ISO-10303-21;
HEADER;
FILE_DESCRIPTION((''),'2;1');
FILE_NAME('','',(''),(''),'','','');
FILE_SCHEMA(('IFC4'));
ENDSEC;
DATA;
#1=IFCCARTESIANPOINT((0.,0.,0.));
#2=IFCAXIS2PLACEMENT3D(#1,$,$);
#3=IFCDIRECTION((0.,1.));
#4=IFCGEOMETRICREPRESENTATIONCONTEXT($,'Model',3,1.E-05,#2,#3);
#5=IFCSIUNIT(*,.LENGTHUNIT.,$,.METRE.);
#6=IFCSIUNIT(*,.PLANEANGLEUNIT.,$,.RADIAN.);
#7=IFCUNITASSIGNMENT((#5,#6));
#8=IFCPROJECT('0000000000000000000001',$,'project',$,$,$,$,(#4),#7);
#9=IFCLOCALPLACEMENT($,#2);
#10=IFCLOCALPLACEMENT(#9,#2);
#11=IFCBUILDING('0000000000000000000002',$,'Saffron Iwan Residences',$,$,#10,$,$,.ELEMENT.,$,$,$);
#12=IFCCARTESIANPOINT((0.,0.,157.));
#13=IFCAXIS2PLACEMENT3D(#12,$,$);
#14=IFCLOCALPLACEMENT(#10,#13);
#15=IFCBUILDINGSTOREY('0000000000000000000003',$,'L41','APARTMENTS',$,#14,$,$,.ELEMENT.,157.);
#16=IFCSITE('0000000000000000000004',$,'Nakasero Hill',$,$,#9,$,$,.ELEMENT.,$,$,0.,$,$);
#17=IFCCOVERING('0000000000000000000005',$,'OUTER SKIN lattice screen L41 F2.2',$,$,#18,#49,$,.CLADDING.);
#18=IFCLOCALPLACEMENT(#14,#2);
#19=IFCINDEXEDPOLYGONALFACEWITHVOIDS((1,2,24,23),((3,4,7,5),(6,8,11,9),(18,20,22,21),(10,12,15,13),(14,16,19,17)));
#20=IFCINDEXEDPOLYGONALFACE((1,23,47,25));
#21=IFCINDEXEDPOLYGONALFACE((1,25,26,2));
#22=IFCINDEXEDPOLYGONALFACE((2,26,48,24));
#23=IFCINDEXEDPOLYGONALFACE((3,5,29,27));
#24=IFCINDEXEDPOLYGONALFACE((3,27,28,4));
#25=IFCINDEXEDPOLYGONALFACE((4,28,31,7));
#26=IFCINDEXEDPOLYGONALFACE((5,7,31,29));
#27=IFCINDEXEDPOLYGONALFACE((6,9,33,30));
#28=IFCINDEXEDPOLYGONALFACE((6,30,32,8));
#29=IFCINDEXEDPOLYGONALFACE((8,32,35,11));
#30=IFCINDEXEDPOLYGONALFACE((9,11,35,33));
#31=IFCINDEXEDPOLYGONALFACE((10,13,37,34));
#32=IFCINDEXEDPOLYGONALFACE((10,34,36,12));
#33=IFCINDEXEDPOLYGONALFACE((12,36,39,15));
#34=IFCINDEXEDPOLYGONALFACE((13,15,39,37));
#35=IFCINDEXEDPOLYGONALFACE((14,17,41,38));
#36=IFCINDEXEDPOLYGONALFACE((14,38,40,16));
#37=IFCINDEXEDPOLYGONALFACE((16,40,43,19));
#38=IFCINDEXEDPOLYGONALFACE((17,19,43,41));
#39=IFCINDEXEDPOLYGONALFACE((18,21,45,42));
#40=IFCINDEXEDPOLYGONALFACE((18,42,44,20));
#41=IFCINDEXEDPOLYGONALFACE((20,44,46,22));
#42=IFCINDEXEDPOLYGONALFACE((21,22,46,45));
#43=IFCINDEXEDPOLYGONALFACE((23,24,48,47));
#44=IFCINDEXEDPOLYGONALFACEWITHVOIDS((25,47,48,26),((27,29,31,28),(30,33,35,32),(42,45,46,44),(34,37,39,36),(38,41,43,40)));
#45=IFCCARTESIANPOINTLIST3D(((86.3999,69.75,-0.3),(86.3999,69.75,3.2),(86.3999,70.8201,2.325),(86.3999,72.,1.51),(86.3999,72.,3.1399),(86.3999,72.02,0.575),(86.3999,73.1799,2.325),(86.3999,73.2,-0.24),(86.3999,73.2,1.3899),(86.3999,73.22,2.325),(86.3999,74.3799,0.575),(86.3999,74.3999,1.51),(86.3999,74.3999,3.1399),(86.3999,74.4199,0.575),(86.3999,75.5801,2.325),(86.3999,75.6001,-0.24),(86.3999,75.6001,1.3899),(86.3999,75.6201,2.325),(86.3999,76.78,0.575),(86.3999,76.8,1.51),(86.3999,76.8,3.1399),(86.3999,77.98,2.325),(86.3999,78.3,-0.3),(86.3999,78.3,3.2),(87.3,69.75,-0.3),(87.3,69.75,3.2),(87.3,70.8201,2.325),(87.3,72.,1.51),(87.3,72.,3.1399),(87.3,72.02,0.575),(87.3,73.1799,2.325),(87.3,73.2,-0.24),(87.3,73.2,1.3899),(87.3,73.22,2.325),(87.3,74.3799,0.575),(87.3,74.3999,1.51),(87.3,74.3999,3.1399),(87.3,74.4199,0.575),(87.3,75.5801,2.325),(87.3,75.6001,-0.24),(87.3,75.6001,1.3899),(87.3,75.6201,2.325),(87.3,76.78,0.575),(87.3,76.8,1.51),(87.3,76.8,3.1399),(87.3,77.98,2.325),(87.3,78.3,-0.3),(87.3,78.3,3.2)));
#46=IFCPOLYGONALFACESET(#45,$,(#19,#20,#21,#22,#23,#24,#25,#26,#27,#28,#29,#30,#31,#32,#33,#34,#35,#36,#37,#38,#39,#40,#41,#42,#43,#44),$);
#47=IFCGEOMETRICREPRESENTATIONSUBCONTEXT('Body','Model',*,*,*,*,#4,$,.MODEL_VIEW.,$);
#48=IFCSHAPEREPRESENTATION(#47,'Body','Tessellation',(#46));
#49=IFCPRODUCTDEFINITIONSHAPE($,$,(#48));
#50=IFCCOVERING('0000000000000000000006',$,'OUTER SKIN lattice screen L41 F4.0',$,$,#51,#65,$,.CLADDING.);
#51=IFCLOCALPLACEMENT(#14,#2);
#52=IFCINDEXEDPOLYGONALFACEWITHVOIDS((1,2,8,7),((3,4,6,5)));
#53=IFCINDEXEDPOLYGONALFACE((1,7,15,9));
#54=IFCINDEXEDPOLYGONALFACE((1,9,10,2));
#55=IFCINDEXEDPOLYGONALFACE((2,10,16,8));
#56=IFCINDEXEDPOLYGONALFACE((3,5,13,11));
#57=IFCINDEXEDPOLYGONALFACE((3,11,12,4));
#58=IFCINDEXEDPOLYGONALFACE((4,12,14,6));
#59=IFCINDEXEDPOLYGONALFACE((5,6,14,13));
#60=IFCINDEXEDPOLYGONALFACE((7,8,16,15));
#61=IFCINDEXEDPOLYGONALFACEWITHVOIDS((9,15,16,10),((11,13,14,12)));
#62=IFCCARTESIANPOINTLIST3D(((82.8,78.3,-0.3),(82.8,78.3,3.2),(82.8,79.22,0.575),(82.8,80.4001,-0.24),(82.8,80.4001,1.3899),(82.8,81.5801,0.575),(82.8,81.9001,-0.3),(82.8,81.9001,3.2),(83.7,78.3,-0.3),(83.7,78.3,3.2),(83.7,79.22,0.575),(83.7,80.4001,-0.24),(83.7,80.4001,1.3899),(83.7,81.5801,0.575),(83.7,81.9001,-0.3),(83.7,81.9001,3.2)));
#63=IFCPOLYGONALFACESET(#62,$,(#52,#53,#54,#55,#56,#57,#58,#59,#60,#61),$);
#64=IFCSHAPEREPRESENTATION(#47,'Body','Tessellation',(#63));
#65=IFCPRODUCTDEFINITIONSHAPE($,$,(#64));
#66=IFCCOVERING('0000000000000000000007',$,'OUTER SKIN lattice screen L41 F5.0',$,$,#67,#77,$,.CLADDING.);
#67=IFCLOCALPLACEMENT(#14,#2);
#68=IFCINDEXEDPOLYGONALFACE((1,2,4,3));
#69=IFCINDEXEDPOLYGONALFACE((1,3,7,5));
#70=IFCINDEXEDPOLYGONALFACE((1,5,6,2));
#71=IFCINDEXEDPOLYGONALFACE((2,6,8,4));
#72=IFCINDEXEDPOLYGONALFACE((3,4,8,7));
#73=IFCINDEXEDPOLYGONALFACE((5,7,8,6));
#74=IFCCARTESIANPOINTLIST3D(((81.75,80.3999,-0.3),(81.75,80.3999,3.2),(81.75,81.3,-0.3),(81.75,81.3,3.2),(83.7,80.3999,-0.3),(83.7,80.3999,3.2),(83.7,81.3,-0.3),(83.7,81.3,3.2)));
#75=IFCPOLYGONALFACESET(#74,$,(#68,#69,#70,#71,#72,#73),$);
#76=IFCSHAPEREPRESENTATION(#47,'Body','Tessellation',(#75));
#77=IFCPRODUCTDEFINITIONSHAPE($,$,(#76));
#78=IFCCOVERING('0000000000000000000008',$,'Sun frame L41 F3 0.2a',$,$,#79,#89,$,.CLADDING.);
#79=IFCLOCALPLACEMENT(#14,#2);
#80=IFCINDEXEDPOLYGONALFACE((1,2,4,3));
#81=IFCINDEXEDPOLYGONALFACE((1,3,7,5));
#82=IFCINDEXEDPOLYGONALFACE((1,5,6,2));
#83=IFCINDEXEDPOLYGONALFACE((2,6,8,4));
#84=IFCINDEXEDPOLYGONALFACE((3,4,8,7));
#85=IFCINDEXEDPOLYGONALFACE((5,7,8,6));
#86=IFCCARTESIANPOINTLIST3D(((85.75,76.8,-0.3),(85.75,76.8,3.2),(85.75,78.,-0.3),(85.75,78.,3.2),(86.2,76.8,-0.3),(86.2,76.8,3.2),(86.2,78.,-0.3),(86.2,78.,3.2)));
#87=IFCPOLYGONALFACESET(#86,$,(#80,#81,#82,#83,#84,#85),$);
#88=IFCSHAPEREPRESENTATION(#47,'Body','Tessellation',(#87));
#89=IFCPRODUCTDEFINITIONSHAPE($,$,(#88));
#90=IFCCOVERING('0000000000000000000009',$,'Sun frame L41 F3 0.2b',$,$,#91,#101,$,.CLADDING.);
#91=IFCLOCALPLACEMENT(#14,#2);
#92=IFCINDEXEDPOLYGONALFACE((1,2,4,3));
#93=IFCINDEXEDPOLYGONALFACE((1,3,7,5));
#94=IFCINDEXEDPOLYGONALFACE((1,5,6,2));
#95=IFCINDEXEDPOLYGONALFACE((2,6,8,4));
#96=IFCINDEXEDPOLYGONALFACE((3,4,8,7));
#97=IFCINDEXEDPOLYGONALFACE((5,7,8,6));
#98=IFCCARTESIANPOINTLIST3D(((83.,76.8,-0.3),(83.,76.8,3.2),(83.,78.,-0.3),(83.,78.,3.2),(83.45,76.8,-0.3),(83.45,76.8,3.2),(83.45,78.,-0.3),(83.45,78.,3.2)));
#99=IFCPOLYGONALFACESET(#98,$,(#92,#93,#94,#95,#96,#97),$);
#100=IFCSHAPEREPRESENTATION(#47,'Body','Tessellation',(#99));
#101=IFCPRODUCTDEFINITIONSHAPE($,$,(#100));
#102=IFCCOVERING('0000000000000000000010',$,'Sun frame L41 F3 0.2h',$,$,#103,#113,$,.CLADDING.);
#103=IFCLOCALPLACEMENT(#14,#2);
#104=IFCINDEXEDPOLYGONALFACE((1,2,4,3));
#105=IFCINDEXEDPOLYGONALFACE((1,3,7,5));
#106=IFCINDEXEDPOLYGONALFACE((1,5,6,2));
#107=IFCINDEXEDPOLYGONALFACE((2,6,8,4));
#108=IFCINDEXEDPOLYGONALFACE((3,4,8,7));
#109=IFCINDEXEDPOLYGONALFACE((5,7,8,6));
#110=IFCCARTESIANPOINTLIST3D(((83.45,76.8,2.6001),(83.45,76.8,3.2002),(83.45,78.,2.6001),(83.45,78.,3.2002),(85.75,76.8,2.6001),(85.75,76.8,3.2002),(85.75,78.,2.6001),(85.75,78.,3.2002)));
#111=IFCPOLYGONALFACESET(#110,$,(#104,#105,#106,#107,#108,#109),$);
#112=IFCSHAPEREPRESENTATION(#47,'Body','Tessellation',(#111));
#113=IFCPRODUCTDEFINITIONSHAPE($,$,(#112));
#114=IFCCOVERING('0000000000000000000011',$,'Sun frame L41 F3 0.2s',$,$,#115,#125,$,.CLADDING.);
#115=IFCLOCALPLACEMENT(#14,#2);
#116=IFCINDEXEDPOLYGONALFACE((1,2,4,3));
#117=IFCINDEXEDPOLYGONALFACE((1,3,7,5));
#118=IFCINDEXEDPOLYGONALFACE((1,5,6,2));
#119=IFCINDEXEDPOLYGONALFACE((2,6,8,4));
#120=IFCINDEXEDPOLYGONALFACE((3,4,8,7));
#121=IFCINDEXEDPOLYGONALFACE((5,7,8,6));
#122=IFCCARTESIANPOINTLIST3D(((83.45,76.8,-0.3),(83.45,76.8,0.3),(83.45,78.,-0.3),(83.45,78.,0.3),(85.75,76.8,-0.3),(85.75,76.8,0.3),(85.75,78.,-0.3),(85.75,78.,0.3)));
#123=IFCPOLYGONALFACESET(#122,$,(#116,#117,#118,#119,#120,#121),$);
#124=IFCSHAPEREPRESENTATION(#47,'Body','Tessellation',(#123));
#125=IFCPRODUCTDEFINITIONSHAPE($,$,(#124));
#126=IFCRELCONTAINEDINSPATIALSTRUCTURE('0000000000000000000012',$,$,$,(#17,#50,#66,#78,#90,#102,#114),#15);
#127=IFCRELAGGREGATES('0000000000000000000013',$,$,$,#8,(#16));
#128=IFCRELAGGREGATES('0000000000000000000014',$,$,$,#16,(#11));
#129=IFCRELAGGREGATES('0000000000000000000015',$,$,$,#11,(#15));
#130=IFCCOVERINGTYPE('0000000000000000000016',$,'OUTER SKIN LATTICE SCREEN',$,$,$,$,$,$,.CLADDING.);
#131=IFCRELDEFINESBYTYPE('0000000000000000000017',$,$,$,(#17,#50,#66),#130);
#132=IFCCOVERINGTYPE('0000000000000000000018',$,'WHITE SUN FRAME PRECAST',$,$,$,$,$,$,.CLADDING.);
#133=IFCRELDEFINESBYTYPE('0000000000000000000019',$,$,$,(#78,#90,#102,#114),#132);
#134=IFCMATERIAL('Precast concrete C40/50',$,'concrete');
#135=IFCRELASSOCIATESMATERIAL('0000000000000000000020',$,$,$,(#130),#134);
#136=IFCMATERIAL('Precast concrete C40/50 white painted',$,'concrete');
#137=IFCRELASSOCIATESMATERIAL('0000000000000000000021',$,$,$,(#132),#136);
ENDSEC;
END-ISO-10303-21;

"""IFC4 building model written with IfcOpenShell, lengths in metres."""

from ifc_helpers import new_model, si_unit, direction, frame, origin, place, context, subcontext, project, spatial, polyline, outline, extrude, material, type_object, element, save


model = new_model("IFC4")

# Units and contexts
model_context = context("Model", 3, precision=1e-05, world=origin(), true_north=direction((0.0, 1.0)))
body_context = subcontext(model_context, "Body", "Model", "MODEL_VIEW")
ifc_project = project(units=[si_unit("LENGTHUNIT", "METRE"), si_unit("PLANEANGLEUNIT", "RADIAN")], contexts=[model_context])

# Site, building, storey
site_placement = place(None, origin())
site = spatial("IfcSite", under=ifc_project, at=site_placement, Name="Nakasero Hill", CompositionType="ELEMENT", RefElevation=0.0)
building_placement = place(site_placement, origin())
building = spatial("IfcBuilding", under=site, at=building_placement, Name="Saffron Iwan Residences", CompositionType="ELEMENT")
storey_placement = place(building_placement, frame((0.0, 0.0, 157.0)))
storey = spatial("IfcBuildingStorey", under=building, at=storey_placement, Name="L41", Description="APARTMENTS", CompositionType="ELEMENT", Elevation=157.0)

# Coverings
ifc_material_1 = material(Name="Precast concrete C40/50", Category="concrete")
covering_type_1 = type_object("IfcCoveringType", Name="OUTER SKIN LATTICE SCREEN", PredefinedType="CLADDING", material=ifc_material_1)
covering_1_placement = place(storey_placement, frame((86.3999, 69.75, -0.3), z_axis=(1.0, 0.0, 0.0), x_axis=(0.0, 1.0, 0.0)))
element("IfcCovering", 1, at=covering_1_placement, inside=storey, type_object=covering_type_1, Name="OUTER SKIN lattice screen L41 F2.2", PredefinedType="CLADDING", context=body_context, shape_type="SweptSolid", body=[
    extrude(outline(polyline([(0.0, 0.0), (8.55, 0.0), (8.55, 3.5), (0.0, 3.5), (0.0, 0.0)]), holes=[polyline([(2.27, 0.875), (3.45, 0.0601), (4.6299, 0.875), (3.45, 1.6899), (2.27, 0.875)]), polyline([(4.6699, 0.875), (5.8501, 0.0601), (7.03, 0.875), (5.8501, 1.6899), (4.6699, 0.875)]), polyline([(1.0701, 2.625), (2.25, 1.8101), (3.4299, 2.625), (2.25, 3.4399), (1.0701, 2.625)]), polyline([(3.47, 2.625), (4.6499, 1.8101), (5.8301, 2.625), (4.6499, 3.4399), (3.47, 2.625)]), polyline([(5.8701, 2.625), (7.05, 1.8101), (8.23, 2.625), (7.05, 3.4399), (5.8701, 2.625)])]), origin(), (0.0, 0.0, 1.0), 0.9001),
])
covering_2_placement = place(storey_placement, frame((82.8, 78.3, -0.3), z_axis=(1.0, 0.0, 0.0), x_axis=(0.0, 1.0, 0.0)))
element("IfcCovering", 2, at=covering_2_placement, inside=storey, type_object=covering_type_1, Name="OUTER SKIN lattice screen L41 F4.0", PredefinedType="CLADDING", context=body_context, shape_type="SweptSolid", body=[
    extrude(outline(polyline([(0.0, 0.0), (3.6001, 0.0), (3.6001, 3.5), (0.0, 3.5), (0.0, 0.0)]), holes=[polyline([(0.9199, 0.875), (2.1001, 0.0601), (3.28, 0.875), (2.1001, 1.6899), (0.9199, 0.875)])]), origin(), (0.0, 0.0, 1.0), 0.8999),
])
covering_3_placement = place(storey_placement, frame((83.7, 80.3999, -0.3), z_axis=(0.0, 1.0, 0.0), x_axis=(-1.0, 0.0, 0.0)))
element("IfcCovering", 3, at=covering_3_placement, inside=storey, type_object=covering_type_1, Name="OUTER SKIN lattice screen L41 F5.0", PredefinedType="CLADDING", context=body_context, shape_type="SweptSolid", body=[
    extrude(outline(polyline([(0.0, 0.0), (1.95, 0.0), (1.95, 3.5), (0.0, 3.5), (0.0, 0.0)])), origin(), (0.0, 0.0, 1.0), 0.9001),
])
ifc_material_2 = material(Name="Precast concrete C40/50 white painted", Category="concrete")
covering_type_2 = type_object("IfcCoveringType", Name="WHITE SUN FRAME PRECAST", PredefinedType="CLADDING", material=ifc_material_2)
for number, where, z_axis, x_axis, name in (
    (4, (86.2, 76.8, -0.3), (0.0, 1.0, 0.0), (-1.0, 0.0, 0.0), "Sun frame L41 F3 0.2a"),
    (5, (83.45, 76.8, -0.3), (0.0, 1.0, 0.0), (-1.0, 0.0, 0.0), "Sun frame L41 F3 0.2b"),
):
    element("IfcCovering", number, at=place(storey_placement, frame(where, z_axis=z_axis, x_axis=x_axis)), inside=storey, type_object=covering_type_2, Name=name, PredefinedType="CLADDING", context=body_context, shape_type="SweptSolid", body=[
        extrude(outline(polyline([(0.0, 0.0), (0.45, 0.0), (0.45, 3.5), (0.0, 3.5), (0.0, 0.0)])), origin(), (0.0, 0.0, 1.0), 1.2),
    ])
for number, where, z_axis, x_axis, name in (
    (6, (85.75, 76.8, 2.6001), (0.0, 1.0, 0.0), (-1.0, 0.0, 0.0), "Sun frame L41 F3 0.2h"),
    (7, (85.75, 76.8, -0.3), (0.0, 1.0, 0.0), (-1.0, 0.0, 0.0), "Sun frame L41 F3 0.2s"),
):
    element("IfcCovering", number, at=place(storey_placement, frame(where, z_axis=z_axis, x_axis=x_axis)), inside=storey, type_object=covering_type_2, Name=name, PredefinedType="CLADDING", context=body_context, shape_type="SweptSolid", body=[
        extrude(outline(polyline([(0.0, 0.0), (2.3, 0.0), (2.3, 0.6001), (0.0, 0.6001), (0.0, 0.0)])), origin(), (0.0, 0.0, 1.0), 1.2),
    ])

save(model, "model.ifc")
